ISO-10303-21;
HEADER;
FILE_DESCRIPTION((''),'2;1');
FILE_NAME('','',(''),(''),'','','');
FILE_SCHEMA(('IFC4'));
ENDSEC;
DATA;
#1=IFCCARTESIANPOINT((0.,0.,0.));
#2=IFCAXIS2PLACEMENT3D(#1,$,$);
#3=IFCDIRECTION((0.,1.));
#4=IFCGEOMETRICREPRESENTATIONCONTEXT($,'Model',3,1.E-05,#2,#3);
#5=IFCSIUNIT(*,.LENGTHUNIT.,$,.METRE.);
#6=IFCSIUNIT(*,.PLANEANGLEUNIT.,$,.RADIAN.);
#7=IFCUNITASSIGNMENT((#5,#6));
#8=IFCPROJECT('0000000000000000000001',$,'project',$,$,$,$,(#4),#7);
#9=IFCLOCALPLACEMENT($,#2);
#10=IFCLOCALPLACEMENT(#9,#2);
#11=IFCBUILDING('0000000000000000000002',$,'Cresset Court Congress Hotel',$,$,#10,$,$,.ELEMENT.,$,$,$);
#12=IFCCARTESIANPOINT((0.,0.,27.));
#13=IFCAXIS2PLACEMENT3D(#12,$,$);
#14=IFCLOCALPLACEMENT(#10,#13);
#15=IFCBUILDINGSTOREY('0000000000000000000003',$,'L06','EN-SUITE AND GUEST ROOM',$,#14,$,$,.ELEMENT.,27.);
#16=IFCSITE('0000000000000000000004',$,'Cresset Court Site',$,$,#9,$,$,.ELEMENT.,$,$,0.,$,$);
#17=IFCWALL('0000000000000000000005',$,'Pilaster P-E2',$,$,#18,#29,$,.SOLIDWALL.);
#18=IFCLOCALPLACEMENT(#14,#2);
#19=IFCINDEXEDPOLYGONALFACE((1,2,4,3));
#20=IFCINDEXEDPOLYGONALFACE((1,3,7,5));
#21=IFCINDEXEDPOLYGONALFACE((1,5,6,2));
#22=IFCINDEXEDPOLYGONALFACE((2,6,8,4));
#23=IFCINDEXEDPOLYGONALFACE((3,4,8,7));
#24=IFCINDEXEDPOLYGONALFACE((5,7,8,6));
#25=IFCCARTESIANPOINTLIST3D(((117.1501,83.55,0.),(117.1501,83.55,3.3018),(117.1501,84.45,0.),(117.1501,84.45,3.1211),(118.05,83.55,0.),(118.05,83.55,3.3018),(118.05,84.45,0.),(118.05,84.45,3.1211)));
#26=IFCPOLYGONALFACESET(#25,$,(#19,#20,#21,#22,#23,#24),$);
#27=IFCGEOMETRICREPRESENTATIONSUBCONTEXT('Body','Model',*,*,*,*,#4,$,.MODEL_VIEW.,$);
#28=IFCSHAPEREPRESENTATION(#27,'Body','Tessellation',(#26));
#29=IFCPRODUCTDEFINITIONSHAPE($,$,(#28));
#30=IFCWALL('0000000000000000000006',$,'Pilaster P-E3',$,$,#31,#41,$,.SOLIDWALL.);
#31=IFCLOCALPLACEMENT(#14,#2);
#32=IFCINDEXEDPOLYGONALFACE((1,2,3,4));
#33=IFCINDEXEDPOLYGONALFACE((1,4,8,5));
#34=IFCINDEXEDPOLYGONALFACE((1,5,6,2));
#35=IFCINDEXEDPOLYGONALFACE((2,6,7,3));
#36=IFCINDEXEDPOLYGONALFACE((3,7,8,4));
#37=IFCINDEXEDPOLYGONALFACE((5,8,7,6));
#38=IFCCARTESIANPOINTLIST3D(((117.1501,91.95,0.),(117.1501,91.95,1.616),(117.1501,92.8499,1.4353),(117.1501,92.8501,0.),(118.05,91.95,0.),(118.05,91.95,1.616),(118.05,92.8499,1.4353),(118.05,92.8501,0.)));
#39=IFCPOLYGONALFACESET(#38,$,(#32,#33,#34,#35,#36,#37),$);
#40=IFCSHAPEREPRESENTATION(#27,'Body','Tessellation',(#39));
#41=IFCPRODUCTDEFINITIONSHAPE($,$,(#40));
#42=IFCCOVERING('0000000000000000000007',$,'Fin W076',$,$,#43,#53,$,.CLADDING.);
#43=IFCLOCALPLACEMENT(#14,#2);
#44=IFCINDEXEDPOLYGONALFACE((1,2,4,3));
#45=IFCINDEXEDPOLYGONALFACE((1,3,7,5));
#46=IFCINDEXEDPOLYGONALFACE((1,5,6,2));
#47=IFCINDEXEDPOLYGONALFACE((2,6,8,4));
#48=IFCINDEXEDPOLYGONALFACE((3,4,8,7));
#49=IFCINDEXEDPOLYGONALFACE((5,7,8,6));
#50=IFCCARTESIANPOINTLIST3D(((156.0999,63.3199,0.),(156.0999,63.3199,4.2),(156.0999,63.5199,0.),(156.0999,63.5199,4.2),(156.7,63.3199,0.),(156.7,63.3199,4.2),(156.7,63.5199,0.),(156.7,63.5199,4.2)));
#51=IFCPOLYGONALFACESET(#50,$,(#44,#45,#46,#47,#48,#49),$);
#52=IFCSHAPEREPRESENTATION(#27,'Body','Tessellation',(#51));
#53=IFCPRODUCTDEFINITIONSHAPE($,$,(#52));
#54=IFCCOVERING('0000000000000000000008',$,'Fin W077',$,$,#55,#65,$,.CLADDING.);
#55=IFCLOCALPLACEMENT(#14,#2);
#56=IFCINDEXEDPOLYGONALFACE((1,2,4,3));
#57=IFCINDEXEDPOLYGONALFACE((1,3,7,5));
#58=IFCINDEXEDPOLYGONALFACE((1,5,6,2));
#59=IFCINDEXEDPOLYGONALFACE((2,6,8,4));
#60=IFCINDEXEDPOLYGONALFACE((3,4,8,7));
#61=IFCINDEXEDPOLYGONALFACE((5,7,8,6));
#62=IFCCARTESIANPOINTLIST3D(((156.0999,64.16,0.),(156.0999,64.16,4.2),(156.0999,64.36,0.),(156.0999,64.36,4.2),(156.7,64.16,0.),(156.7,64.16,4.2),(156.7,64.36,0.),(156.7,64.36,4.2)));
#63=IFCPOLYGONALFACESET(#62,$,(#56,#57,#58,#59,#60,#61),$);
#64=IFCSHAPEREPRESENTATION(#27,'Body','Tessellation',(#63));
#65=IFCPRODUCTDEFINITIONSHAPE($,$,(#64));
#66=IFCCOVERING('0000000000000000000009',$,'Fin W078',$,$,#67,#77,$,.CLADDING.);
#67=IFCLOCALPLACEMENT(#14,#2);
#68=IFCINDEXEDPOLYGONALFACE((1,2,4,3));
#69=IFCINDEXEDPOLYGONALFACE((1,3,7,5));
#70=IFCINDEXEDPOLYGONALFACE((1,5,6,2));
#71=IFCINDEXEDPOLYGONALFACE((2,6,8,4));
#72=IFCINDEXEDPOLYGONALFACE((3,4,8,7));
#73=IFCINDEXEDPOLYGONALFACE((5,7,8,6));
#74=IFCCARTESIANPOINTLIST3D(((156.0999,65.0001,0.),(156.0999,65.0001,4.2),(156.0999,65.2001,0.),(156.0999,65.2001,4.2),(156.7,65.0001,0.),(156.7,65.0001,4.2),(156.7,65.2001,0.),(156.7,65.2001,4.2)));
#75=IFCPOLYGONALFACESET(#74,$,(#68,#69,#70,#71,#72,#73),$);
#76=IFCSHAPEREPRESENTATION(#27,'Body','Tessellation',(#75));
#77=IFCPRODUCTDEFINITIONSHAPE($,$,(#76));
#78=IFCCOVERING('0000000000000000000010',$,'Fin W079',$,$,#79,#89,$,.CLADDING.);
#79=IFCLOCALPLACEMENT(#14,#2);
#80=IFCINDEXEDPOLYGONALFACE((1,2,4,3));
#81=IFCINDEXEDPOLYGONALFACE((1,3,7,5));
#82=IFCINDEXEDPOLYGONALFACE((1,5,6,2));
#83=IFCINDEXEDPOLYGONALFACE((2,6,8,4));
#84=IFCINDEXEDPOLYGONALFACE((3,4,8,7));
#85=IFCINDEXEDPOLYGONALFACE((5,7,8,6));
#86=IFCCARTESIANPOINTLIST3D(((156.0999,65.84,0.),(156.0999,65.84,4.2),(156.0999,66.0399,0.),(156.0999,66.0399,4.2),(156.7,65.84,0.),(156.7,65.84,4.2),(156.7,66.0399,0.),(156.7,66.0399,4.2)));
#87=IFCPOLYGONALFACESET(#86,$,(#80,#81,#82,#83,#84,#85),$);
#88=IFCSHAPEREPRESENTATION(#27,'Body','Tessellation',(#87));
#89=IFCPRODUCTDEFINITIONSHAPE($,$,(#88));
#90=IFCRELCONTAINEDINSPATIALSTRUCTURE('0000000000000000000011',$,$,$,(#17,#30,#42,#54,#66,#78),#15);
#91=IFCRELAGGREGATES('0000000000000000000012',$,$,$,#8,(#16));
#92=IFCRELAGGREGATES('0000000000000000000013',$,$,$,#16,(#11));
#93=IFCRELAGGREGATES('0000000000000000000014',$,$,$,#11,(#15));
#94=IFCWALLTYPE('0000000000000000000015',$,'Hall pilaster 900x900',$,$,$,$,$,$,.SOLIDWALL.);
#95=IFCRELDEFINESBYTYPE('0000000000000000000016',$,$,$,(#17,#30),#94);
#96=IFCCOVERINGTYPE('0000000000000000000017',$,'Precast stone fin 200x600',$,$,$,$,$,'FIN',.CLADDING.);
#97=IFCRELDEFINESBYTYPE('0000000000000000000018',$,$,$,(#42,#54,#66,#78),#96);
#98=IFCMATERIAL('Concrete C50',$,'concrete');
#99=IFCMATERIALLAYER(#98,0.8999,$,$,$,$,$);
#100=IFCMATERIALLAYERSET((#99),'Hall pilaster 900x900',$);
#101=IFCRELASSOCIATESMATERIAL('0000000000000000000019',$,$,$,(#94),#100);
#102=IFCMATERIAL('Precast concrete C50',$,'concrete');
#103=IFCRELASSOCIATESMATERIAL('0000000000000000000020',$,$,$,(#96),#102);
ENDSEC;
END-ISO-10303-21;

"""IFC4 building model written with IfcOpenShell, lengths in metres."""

from ifc_helpers import new_model, si_unit, direction, frame, origin, origin_2d, place, context, subcontext, project, spatial, polyline, rectangle, outline, extrude, material, layer, layer_set, type_object, element, save


model = new_model("IFC4")

# Units and contexts
model_context = context("Model", 3, precision=1e-05, world=origin(), true_north=direction((0.0, 1.0)))
body_context = subcontext(model_context, "Body", "Model", "MODEL_VIEW")
ifc_project = project(units=[si_unit("LENGTHUNIT", "METRE"), si_unit("PLANEANGLEUNIT", "RADIAN")], contexts=[model_context])

# Site, building, storey
site_placement = place(None, origin())
site = spatial("IfcSite", under=ifc_project, at=site_placement, Name="Cresset Court Site", CompositionType="ELEMENT", RefElevation=0.0)
building_placement = place(site_placement, origin())
building = spatial("IfcBuilding", under=site, at=building_placement, Name="Cresset Court Congress Hotel", CompositionType="ELEMENT")
storey_placement = place(building_placement, frame((0.0, 0.0, 27.0)))
storey = spatial("IfcBuildingStorey", under=building, at=storey_placement, Name="L06", Description="EN-SUITE AND GUEST ROOM", CompositionType="ELEMENT", Elevation=27.0)

# Walls
ifc_material_1 = material(Name="Concrete C50", Category="concrete")
ifc_layer_1 = layer(ifc_material_1, 0.8999)
ifc_layer_set_1 = layer_set([ifc_layer_1], Name="Hall pilaster 900x900")
wall_type_1 = type_object("IfcWallType", Name="Hall pilaster 900x900", PredefinedType="SOLIDWALL", material=ifc_layer_set_1)
wall_1_placement = place(storey_placement, frame((117.6001, 83.55, 0.0), z_axis=(0.0, 0.0, 1.0), x_axis=(0.0, 1.0, 0.0)))
element("IfcWall", 1, at=wall_1_placement, inside=storey, type_object=wall_type_1, Name="Pilaster P-E2", PredefinedType="SOLIDWALL", context=body_context, shape_type="SweptSolid", body=[
    extrude(outline(polyline([(0.0, 0.0), (0.8999, 0.0), (0.8999, 3.1211), (0.0, 3.3018), (0.0, 0.0)])), frame((0.0, 0.45, 0.0), z_axis=(0.0, -1.0, 0.0), x_axis=(1.0, 0.0, 0.0)), (0.0, 0.0, 1.0), 0.8999),
])
wall_2_placement = place(storey_placement, frame((117.6001, 91.95, 0.0), z_axis=(0.0, 0.0, 1.0), x_axis=(0.0, 1.0, 0.0)))
element("IfcWall", 2, at=wall_2_placement, inside=storey, type_object=wall_type_1, Name="Pilaster P-E3", PredefinedType="SOLIDWALL", context=body_context, shape_type="SweptSolid", body=[
    extrude(outline(polyline([(0.0, 0.0), (0.9001, 0.0), (0.8999, 1.4353), (0.0, 1.616), (0.0, 0.0)])), frame((0.0, 0.45, 0.0), z_axis=(0.0, -1.0, 0.0), x_axis=(1.0, 0.0, 0.0)), (0.0, 0.0, 1.0), 0.8999),
])

# Coverings
ifc_material_2 = material(Name="Precast concrete C50", Category="concrete")
covering_type = type_object("IfcCoveringType", Name="Precast stone fin 200x600", ElementType="FIN", PredefinedType="CLADDING", material=ifc_material_2)
for number, where, z_axis, x_axis, name in (
    (3, (156.3999, 63.4199, 0.0), (0.0, 0.0, 1.0), (1.0, 0.0, 0.0), "Fin W076"),
    (4, (156.3999, 64.26, 0.0), (0.0, 0.0, 1.0), (1.0, 0.0, 0.0), "Fin W077"),
    (5, (156.3999, 65.1001, 0.0), (0.0, 0.0, 1.0), (1.0, 0.0, 0.0), "Fin W078"),
    (6, (156.3999, 65.9399, 0.0), (0.0, 0.0, 1.0), (1.0, 0.0, 0.0), "Fin W079"),
):
    element("IfcCovering", number, at=place(storey_placement, frame(where, z_axis=z_axis, x_axis=x_axis)), inside=storey, type_object=covering_type, Name=name, PredefinedType="CLADDING", context=body_context, shape_type="SweptSolid", body=[
        extrude(rectangle(XDim=0.6001, YDim=0.2, at=origin_2d()), origin(), (0.0, 0.0, 1.0), 4.2),
    ])

save(model, "model.ifc")
